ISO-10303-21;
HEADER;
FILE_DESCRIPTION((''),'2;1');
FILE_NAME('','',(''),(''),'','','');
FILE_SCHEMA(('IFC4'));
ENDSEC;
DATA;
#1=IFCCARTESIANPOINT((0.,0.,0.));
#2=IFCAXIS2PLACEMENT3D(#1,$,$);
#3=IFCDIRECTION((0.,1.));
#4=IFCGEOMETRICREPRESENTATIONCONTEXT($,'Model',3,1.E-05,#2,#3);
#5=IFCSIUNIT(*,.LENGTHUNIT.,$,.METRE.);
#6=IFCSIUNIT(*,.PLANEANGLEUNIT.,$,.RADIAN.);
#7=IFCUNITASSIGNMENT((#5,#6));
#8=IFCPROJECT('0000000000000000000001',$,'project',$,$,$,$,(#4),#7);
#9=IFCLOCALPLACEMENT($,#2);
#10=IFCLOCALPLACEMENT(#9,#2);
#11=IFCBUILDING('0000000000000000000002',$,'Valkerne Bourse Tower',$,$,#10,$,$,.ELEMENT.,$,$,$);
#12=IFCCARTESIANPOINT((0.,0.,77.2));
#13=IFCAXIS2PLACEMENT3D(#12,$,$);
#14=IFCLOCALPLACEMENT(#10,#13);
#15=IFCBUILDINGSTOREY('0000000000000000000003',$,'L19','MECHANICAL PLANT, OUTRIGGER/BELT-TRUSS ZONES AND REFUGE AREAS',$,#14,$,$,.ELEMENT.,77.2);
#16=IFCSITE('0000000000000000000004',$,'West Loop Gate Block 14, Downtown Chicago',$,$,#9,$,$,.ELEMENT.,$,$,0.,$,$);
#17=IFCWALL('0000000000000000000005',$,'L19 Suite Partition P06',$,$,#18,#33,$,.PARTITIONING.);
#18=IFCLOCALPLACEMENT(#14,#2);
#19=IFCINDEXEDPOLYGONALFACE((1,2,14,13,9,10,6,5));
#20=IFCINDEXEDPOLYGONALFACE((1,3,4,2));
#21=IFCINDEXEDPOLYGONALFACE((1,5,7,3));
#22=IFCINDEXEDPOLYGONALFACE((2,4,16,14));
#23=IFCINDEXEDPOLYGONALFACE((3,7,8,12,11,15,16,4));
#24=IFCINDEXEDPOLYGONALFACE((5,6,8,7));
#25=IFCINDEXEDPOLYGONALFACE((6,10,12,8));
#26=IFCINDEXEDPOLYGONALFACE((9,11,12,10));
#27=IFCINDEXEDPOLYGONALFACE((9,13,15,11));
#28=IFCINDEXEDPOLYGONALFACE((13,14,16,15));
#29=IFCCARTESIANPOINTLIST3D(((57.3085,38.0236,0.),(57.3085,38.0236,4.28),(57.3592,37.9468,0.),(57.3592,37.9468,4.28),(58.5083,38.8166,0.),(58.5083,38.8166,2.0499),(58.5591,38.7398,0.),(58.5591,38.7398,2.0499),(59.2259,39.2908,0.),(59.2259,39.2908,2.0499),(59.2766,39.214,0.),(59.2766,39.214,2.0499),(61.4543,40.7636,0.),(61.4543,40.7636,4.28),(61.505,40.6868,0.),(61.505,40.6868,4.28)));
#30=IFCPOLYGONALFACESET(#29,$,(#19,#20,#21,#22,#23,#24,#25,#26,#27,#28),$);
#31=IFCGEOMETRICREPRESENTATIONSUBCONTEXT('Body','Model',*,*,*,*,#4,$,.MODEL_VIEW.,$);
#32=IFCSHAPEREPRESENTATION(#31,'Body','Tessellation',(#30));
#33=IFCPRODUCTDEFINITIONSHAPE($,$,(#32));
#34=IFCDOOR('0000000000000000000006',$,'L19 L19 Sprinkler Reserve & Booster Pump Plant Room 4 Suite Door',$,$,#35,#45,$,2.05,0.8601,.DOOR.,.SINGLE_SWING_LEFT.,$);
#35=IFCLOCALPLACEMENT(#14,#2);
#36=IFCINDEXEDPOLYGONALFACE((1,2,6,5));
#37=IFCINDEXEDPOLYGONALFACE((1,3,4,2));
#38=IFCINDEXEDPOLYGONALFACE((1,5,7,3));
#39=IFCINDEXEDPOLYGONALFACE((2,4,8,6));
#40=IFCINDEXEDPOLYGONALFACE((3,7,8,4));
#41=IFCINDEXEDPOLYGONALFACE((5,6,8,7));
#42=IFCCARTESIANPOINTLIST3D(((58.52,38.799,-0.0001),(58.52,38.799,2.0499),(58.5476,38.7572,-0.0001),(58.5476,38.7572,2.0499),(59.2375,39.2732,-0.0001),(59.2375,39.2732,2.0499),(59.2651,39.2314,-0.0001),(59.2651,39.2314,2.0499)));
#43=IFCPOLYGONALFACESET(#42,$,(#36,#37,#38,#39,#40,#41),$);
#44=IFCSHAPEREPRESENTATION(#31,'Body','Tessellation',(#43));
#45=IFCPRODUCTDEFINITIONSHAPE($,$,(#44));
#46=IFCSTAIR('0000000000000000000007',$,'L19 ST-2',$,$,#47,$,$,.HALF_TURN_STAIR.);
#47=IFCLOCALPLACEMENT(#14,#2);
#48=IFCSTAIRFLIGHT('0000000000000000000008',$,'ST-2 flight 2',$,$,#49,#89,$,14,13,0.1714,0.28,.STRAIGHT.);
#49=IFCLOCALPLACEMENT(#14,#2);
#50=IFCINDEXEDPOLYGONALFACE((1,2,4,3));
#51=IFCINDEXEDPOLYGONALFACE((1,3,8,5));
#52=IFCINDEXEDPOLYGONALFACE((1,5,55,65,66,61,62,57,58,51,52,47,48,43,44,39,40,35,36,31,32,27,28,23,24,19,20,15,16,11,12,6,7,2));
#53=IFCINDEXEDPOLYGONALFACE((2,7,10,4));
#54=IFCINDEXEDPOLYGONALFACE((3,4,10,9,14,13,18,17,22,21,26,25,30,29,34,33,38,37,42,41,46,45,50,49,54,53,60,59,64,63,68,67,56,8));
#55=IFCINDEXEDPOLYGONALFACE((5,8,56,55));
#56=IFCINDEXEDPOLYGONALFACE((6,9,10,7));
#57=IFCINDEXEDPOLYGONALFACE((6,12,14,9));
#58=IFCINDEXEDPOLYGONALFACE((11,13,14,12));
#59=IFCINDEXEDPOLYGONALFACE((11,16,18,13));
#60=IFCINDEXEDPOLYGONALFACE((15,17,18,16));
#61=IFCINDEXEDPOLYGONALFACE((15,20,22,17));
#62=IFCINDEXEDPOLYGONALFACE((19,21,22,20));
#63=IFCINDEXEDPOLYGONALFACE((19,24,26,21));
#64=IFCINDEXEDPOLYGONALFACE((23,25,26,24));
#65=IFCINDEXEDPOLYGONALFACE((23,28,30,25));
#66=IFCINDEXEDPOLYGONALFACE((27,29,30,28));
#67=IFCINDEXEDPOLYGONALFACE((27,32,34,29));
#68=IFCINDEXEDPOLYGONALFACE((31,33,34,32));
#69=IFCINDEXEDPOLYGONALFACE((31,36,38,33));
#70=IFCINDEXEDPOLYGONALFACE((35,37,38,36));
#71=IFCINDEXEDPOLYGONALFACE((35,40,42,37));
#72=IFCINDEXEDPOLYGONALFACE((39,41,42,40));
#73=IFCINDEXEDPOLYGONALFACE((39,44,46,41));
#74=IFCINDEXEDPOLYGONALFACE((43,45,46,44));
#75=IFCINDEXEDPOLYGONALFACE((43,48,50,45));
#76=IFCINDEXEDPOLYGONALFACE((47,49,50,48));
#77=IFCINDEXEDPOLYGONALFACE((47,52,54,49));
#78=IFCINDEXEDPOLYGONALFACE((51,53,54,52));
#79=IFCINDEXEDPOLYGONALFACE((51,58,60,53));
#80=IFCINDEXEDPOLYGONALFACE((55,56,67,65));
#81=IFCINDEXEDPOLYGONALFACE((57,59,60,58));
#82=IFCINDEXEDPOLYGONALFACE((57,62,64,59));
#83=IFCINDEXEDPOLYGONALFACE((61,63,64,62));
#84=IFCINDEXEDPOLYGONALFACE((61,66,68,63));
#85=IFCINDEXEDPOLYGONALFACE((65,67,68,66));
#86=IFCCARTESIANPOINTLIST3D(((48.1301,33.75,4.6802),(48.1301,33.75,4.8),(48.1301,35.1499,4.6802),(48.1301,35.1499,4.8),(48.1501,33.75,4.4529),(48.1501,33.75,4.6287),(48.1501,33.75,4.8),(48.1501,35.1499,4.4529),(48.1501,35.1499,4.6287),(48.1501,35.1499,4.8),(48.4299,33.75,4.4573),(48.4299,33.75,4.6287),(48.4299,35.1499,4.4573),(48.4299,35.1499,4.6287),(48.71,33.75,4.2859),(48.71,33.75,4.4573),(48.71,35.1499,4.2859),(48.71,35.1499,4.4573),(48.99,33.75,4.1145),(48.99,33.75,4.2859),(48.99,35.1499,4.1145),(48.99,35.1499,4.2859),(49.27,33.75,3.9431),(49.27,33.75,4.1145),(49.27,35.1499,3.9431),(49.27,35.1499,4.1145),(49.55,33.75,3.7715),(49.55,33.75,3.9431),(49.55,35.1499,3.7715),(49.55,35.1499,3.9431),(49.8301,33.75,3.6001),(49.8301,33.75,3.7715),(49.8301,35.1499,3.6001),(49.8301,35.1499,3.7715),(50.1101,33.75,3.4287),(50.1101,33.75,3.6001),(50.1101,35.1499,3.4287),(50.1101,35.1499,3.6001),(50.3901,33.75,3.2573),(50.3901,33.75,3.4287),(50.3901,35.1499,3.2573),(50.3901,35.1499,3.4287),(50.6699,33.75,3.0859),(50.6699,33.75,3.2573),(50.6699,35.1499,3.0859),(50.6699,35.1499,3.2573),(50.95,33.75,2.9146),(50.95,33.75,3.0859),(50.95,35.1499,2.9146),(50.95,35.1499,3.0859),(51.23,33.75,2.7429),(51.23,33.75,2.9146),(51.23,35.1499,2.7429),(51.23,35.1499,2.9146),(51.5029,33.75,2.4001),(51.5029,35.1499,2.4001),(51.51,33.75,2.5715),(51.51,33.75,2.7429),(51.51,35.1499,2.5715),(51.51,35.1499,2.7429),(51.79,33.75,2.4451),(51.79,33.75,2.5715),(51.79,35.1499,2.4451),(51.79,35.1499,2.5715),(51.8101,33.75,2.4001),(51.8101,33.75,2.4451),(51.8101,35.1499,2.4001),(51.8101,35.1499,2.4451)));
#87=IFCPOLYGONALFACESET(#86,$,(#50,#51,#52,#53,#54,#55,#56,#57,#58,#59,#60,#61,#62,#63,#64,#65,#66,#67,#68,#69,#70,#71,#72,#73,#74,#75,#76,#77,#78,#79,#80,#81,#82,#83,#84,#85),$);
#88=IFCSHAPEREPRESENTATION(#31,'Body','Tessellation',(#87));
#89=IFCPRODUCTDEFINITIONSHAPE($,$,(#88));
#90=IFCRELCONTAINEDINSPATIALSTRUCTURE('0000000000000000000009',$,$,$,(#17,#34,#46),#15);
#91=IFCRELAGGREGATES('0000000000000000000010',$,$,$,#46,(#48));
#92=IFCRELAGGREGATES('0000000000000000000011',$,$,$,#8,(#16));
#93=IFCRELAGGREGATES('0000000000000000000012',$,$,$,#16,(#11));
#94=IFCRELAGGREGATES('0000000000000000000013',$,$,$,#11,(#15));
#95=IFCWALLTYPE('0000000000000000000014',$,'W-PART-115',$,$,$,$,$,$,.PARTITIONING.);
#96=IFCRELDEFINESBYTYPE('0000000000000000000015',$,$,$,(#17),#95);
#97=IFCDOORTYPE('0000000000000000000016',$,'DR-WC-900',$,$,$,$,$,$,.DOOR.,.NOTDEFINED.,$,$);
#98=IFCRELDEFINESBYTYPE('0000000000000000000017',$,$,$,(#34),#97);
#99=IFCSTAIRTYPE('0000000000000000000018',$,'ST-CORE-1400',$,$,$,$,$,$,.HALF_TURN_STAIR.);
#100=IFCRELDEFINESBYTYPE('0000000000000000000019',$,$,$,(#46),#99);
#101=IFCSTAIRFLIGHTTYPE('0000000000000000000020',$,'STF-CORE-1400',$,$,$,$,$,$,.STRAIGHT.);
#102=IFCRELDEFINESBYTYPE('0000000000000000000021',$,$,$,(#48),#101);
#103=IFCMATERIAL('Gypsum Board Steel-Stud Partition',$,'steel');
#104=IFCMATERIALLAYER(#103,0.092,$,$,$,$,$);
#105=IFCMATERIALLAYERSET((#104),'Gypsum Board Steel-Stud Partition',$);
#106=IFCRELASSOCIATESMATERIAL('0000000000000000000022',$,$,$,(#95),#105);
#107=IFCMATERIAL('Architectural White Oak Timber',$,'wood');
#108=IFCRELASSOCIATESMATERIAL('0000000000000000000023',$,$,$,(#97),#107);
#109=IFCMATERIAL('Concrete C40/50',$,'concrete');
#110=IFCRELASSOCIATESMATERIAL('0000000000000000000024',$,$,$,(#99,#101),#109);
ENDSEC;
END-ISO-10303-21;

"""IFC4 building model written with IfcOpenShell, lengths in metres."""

from ifc_helpers import new_model, si_unit, direction, frame, frame_2d, origin, place, context, subcontext, project, spatial, polyline, rectangle, outline, extrude, material, layer, layer_set, type_object, element, fill, aggregate, save


model = new_model("IFC4")

# Units and contexts
model_context = context("Model", 3, precision=1e-05, world=origin(), true_north=direction((0.0, 1.0)))
body_context = subcontext(model_context, "Body", "Model", "MODEL_VIEW")
ifc_project = project(units=[si_unit("LENGTHUNIT", "METRE"), si_unit("PLANEANGLEUNIT", "RADIAN")], contexts=[model_context])

# Site, building, storey
site_placement = place(None, origin())
site = spatial("IfcSite", under=ifc_project, at=site_placement, Name="West Loop Gate Block 14, Downtown Chicago", CompositionType="ELEMENT", RefElevation=0.0)
building_placement = place(site_placement, origin())
building = spatial("IfcBuilding", under=site, at=building_placement, Name="Valkerne Bourse Tower", CompositionType="ELEMENT")
storey_placement = place(building_placement, frame((0.0, 0.0, 77.2)))
storey = spatial("IfcBuildingStorey", under=building, at=storey_placement, Name="L19", Description="MECHANICAL PLANT, OUTRIGGER/BELT-TRUSS ZONES AND REFUGE AREAS", CompositionType="ELEMENT", Elevation=77.2)

# Shared definitions
ifc_material_1 = material(Name="Gypsum Board Steel-Stud Partition", Category="steel")
ifc_layer_1 = layer(ifc_material_1, 0.092)
ifc_layer_set_1 = layer_set([ifc_layer_1], Name="Gypsum Board Steel-Stud Partition")
wall_type_1 = type_object("IfcWallType", Name="W-PART-115", PredefinedType="PARTITIONING", material=ifc_layer_set_1)

# Wall, opening, door
wall_1_placement = place(storey_placement, frame((57.3337, 37.9851, 0.0), z_axis=(0.0, 0.0, 1.0), x_axis=(0.834258, 0.551374, 0.0)))
wall_1 = element("IfcWall", 1, at=wall_1_placement, inside=storey, type_object=wall_type_1, Name="L19 Suite Partition P06", PredefinedType="PARTITIONING", context=body_context, shape_type="SweptSolid", body=[
    extrude(rectangle(XDim=4.9695, YDim=0.092, at=frame_2d((2.4849, 0.0))), origin(), (0.0, 0.0, 1.0), 4.28),
])
opening_placement = place(wall_1_placement, frame((1.4382, 0.0, 0.0)))
opening = element("IfcOpeningElement", 2, at=opening_placement, cuts=wall_1, PredefinedType="OPENING", context=body_context, shape_type="SweptSolid", body=[
    extrude(rectangle(XDim=0.8601, YDim=2.05, at=frame_2d((0.4302, 1.0249))), frame((0.0, 0.0559, 0.0), z_axis=(0.0, -1.0, 0.0), x_axis=(1.0, 0.0, 0.0)), (0.0, 0.0, 1.0), 0.1121),
])
ifc_material_2 = material(Name="Architectural White Oak Timber", Category="wood")
door_type = type_object("IfcDoorType", Name="DR-WC-900", OperationType="NOTDEFINED", PredefinedType="DOOR", material=ifc_material_2)
door_placement = place(opening_placement, origin())
door = element("IfcDoor", 3, at=door_placement, inside=storey, type_object=door_type, Name="L19 L19 Sprinkler Reserve & Booster Pump Plant Room 4 Suite Door", OperationType="SINGLE_SWING_LEFT", OverallHeight=2.05, OverallWidth=0.8601, PredefinedType="DOOR", context=body_context, shape_type="SweptSolid", body=[
    extrude(rectangle(XDim=0.8601, YDim=2.05, at=frame_2d((0.4302, 1.0249))), frame((0.0, 0.0249, 0.0), z_axis=(0.0, -1.0, 0.0), x_axis=(1.0, 0.0, 0.0)), (0.0, 0.0, 1.0), 0.05),
])
fill(opening, door)

# Stair, stair flight
ifc_material_3 = material(Name="Concrete C40/50", Category="concrete")
stair_type = type_object("IfcStairType", Name="ST-CORE-1400", PredefinedType="HALF_TURN_STAIR", material=ifc_material_3)
stair_placement = place(storey_placement, origin())
stair = element("IfcStair", 4, at=stair_placement, inside=storey, type_object=stair_type, Name="L19 ST-2", PredefinedType="HALF_TURN_STAIR")
stair_flight_type = type_object("IfcStairFlightType", Name="STF-CORE-1400", PredefinedType="STRAIGHT", material=ifc_material_3)
stair_flight_placement = place(storey_placement, frame((51.79, 34.45, 2.4001), z_axis=(0.0, 0.0, 1.0), x_axis=(-1.0, 0.0, 0.0)))
stair_flight = element("IfcStairFlight", 5, at=stair_flight_placement, type_object=stair_flight_type, Name="ST-2 flight 2", NumberOfRisers=14, NumberOfTreads=13, PredefinedType="STRAIGHT", RiserHeight=0.1714, TreadLength=0.28, context=body_context, shape_type="SweptSolid", body=[
    extrude(outline(polyline([(-0.02, 0.0), (-0.02, 0.0449), (0.0, 0.0449), (0.0, 0.1714), (0.28, 0.1714), (0.28, 0.3428), (0.5601, 0.3428), (0.5601, 0.5144), (0.8401, 0.5144), (0.8401, 0.6858), (1.1201, 0.6858), (1.1201, 0.8572), (1.3999, 0.8572), (1.3999, 1.0286), (1.6799, 1.0286), (1.6799, 1.2), (1.96, 1.2), (1.96, 1.3713), (2.24, 1.3713), (2.24, 1.543), (2.52, 1.543), (2.52, 1.7144), (2.8, 1.7144), (2.8, 1.8857), (3.0801, 1.8857), (3.0801, 2.0571), (3.3601, 2.0571), (3.3601, 2.2285), (3.6399, 2.2285), (3.6399, 2.3999), (3.6599, 2.3999), (3.6599, 2.28), (3.6399, 2.0527), (0.2871, 0.0), (-0.02, 0.0)])), frame((0.0, 0.7, 0.0), z_axis=(0.0, -1.0, 0.0), x_axis=(1.0, 0.0, 0.0)), (0.0, 0.0, 1.0), 1.3999),
])
aggregate(stair, [stair_flight])

save(model, "model.ifc")
